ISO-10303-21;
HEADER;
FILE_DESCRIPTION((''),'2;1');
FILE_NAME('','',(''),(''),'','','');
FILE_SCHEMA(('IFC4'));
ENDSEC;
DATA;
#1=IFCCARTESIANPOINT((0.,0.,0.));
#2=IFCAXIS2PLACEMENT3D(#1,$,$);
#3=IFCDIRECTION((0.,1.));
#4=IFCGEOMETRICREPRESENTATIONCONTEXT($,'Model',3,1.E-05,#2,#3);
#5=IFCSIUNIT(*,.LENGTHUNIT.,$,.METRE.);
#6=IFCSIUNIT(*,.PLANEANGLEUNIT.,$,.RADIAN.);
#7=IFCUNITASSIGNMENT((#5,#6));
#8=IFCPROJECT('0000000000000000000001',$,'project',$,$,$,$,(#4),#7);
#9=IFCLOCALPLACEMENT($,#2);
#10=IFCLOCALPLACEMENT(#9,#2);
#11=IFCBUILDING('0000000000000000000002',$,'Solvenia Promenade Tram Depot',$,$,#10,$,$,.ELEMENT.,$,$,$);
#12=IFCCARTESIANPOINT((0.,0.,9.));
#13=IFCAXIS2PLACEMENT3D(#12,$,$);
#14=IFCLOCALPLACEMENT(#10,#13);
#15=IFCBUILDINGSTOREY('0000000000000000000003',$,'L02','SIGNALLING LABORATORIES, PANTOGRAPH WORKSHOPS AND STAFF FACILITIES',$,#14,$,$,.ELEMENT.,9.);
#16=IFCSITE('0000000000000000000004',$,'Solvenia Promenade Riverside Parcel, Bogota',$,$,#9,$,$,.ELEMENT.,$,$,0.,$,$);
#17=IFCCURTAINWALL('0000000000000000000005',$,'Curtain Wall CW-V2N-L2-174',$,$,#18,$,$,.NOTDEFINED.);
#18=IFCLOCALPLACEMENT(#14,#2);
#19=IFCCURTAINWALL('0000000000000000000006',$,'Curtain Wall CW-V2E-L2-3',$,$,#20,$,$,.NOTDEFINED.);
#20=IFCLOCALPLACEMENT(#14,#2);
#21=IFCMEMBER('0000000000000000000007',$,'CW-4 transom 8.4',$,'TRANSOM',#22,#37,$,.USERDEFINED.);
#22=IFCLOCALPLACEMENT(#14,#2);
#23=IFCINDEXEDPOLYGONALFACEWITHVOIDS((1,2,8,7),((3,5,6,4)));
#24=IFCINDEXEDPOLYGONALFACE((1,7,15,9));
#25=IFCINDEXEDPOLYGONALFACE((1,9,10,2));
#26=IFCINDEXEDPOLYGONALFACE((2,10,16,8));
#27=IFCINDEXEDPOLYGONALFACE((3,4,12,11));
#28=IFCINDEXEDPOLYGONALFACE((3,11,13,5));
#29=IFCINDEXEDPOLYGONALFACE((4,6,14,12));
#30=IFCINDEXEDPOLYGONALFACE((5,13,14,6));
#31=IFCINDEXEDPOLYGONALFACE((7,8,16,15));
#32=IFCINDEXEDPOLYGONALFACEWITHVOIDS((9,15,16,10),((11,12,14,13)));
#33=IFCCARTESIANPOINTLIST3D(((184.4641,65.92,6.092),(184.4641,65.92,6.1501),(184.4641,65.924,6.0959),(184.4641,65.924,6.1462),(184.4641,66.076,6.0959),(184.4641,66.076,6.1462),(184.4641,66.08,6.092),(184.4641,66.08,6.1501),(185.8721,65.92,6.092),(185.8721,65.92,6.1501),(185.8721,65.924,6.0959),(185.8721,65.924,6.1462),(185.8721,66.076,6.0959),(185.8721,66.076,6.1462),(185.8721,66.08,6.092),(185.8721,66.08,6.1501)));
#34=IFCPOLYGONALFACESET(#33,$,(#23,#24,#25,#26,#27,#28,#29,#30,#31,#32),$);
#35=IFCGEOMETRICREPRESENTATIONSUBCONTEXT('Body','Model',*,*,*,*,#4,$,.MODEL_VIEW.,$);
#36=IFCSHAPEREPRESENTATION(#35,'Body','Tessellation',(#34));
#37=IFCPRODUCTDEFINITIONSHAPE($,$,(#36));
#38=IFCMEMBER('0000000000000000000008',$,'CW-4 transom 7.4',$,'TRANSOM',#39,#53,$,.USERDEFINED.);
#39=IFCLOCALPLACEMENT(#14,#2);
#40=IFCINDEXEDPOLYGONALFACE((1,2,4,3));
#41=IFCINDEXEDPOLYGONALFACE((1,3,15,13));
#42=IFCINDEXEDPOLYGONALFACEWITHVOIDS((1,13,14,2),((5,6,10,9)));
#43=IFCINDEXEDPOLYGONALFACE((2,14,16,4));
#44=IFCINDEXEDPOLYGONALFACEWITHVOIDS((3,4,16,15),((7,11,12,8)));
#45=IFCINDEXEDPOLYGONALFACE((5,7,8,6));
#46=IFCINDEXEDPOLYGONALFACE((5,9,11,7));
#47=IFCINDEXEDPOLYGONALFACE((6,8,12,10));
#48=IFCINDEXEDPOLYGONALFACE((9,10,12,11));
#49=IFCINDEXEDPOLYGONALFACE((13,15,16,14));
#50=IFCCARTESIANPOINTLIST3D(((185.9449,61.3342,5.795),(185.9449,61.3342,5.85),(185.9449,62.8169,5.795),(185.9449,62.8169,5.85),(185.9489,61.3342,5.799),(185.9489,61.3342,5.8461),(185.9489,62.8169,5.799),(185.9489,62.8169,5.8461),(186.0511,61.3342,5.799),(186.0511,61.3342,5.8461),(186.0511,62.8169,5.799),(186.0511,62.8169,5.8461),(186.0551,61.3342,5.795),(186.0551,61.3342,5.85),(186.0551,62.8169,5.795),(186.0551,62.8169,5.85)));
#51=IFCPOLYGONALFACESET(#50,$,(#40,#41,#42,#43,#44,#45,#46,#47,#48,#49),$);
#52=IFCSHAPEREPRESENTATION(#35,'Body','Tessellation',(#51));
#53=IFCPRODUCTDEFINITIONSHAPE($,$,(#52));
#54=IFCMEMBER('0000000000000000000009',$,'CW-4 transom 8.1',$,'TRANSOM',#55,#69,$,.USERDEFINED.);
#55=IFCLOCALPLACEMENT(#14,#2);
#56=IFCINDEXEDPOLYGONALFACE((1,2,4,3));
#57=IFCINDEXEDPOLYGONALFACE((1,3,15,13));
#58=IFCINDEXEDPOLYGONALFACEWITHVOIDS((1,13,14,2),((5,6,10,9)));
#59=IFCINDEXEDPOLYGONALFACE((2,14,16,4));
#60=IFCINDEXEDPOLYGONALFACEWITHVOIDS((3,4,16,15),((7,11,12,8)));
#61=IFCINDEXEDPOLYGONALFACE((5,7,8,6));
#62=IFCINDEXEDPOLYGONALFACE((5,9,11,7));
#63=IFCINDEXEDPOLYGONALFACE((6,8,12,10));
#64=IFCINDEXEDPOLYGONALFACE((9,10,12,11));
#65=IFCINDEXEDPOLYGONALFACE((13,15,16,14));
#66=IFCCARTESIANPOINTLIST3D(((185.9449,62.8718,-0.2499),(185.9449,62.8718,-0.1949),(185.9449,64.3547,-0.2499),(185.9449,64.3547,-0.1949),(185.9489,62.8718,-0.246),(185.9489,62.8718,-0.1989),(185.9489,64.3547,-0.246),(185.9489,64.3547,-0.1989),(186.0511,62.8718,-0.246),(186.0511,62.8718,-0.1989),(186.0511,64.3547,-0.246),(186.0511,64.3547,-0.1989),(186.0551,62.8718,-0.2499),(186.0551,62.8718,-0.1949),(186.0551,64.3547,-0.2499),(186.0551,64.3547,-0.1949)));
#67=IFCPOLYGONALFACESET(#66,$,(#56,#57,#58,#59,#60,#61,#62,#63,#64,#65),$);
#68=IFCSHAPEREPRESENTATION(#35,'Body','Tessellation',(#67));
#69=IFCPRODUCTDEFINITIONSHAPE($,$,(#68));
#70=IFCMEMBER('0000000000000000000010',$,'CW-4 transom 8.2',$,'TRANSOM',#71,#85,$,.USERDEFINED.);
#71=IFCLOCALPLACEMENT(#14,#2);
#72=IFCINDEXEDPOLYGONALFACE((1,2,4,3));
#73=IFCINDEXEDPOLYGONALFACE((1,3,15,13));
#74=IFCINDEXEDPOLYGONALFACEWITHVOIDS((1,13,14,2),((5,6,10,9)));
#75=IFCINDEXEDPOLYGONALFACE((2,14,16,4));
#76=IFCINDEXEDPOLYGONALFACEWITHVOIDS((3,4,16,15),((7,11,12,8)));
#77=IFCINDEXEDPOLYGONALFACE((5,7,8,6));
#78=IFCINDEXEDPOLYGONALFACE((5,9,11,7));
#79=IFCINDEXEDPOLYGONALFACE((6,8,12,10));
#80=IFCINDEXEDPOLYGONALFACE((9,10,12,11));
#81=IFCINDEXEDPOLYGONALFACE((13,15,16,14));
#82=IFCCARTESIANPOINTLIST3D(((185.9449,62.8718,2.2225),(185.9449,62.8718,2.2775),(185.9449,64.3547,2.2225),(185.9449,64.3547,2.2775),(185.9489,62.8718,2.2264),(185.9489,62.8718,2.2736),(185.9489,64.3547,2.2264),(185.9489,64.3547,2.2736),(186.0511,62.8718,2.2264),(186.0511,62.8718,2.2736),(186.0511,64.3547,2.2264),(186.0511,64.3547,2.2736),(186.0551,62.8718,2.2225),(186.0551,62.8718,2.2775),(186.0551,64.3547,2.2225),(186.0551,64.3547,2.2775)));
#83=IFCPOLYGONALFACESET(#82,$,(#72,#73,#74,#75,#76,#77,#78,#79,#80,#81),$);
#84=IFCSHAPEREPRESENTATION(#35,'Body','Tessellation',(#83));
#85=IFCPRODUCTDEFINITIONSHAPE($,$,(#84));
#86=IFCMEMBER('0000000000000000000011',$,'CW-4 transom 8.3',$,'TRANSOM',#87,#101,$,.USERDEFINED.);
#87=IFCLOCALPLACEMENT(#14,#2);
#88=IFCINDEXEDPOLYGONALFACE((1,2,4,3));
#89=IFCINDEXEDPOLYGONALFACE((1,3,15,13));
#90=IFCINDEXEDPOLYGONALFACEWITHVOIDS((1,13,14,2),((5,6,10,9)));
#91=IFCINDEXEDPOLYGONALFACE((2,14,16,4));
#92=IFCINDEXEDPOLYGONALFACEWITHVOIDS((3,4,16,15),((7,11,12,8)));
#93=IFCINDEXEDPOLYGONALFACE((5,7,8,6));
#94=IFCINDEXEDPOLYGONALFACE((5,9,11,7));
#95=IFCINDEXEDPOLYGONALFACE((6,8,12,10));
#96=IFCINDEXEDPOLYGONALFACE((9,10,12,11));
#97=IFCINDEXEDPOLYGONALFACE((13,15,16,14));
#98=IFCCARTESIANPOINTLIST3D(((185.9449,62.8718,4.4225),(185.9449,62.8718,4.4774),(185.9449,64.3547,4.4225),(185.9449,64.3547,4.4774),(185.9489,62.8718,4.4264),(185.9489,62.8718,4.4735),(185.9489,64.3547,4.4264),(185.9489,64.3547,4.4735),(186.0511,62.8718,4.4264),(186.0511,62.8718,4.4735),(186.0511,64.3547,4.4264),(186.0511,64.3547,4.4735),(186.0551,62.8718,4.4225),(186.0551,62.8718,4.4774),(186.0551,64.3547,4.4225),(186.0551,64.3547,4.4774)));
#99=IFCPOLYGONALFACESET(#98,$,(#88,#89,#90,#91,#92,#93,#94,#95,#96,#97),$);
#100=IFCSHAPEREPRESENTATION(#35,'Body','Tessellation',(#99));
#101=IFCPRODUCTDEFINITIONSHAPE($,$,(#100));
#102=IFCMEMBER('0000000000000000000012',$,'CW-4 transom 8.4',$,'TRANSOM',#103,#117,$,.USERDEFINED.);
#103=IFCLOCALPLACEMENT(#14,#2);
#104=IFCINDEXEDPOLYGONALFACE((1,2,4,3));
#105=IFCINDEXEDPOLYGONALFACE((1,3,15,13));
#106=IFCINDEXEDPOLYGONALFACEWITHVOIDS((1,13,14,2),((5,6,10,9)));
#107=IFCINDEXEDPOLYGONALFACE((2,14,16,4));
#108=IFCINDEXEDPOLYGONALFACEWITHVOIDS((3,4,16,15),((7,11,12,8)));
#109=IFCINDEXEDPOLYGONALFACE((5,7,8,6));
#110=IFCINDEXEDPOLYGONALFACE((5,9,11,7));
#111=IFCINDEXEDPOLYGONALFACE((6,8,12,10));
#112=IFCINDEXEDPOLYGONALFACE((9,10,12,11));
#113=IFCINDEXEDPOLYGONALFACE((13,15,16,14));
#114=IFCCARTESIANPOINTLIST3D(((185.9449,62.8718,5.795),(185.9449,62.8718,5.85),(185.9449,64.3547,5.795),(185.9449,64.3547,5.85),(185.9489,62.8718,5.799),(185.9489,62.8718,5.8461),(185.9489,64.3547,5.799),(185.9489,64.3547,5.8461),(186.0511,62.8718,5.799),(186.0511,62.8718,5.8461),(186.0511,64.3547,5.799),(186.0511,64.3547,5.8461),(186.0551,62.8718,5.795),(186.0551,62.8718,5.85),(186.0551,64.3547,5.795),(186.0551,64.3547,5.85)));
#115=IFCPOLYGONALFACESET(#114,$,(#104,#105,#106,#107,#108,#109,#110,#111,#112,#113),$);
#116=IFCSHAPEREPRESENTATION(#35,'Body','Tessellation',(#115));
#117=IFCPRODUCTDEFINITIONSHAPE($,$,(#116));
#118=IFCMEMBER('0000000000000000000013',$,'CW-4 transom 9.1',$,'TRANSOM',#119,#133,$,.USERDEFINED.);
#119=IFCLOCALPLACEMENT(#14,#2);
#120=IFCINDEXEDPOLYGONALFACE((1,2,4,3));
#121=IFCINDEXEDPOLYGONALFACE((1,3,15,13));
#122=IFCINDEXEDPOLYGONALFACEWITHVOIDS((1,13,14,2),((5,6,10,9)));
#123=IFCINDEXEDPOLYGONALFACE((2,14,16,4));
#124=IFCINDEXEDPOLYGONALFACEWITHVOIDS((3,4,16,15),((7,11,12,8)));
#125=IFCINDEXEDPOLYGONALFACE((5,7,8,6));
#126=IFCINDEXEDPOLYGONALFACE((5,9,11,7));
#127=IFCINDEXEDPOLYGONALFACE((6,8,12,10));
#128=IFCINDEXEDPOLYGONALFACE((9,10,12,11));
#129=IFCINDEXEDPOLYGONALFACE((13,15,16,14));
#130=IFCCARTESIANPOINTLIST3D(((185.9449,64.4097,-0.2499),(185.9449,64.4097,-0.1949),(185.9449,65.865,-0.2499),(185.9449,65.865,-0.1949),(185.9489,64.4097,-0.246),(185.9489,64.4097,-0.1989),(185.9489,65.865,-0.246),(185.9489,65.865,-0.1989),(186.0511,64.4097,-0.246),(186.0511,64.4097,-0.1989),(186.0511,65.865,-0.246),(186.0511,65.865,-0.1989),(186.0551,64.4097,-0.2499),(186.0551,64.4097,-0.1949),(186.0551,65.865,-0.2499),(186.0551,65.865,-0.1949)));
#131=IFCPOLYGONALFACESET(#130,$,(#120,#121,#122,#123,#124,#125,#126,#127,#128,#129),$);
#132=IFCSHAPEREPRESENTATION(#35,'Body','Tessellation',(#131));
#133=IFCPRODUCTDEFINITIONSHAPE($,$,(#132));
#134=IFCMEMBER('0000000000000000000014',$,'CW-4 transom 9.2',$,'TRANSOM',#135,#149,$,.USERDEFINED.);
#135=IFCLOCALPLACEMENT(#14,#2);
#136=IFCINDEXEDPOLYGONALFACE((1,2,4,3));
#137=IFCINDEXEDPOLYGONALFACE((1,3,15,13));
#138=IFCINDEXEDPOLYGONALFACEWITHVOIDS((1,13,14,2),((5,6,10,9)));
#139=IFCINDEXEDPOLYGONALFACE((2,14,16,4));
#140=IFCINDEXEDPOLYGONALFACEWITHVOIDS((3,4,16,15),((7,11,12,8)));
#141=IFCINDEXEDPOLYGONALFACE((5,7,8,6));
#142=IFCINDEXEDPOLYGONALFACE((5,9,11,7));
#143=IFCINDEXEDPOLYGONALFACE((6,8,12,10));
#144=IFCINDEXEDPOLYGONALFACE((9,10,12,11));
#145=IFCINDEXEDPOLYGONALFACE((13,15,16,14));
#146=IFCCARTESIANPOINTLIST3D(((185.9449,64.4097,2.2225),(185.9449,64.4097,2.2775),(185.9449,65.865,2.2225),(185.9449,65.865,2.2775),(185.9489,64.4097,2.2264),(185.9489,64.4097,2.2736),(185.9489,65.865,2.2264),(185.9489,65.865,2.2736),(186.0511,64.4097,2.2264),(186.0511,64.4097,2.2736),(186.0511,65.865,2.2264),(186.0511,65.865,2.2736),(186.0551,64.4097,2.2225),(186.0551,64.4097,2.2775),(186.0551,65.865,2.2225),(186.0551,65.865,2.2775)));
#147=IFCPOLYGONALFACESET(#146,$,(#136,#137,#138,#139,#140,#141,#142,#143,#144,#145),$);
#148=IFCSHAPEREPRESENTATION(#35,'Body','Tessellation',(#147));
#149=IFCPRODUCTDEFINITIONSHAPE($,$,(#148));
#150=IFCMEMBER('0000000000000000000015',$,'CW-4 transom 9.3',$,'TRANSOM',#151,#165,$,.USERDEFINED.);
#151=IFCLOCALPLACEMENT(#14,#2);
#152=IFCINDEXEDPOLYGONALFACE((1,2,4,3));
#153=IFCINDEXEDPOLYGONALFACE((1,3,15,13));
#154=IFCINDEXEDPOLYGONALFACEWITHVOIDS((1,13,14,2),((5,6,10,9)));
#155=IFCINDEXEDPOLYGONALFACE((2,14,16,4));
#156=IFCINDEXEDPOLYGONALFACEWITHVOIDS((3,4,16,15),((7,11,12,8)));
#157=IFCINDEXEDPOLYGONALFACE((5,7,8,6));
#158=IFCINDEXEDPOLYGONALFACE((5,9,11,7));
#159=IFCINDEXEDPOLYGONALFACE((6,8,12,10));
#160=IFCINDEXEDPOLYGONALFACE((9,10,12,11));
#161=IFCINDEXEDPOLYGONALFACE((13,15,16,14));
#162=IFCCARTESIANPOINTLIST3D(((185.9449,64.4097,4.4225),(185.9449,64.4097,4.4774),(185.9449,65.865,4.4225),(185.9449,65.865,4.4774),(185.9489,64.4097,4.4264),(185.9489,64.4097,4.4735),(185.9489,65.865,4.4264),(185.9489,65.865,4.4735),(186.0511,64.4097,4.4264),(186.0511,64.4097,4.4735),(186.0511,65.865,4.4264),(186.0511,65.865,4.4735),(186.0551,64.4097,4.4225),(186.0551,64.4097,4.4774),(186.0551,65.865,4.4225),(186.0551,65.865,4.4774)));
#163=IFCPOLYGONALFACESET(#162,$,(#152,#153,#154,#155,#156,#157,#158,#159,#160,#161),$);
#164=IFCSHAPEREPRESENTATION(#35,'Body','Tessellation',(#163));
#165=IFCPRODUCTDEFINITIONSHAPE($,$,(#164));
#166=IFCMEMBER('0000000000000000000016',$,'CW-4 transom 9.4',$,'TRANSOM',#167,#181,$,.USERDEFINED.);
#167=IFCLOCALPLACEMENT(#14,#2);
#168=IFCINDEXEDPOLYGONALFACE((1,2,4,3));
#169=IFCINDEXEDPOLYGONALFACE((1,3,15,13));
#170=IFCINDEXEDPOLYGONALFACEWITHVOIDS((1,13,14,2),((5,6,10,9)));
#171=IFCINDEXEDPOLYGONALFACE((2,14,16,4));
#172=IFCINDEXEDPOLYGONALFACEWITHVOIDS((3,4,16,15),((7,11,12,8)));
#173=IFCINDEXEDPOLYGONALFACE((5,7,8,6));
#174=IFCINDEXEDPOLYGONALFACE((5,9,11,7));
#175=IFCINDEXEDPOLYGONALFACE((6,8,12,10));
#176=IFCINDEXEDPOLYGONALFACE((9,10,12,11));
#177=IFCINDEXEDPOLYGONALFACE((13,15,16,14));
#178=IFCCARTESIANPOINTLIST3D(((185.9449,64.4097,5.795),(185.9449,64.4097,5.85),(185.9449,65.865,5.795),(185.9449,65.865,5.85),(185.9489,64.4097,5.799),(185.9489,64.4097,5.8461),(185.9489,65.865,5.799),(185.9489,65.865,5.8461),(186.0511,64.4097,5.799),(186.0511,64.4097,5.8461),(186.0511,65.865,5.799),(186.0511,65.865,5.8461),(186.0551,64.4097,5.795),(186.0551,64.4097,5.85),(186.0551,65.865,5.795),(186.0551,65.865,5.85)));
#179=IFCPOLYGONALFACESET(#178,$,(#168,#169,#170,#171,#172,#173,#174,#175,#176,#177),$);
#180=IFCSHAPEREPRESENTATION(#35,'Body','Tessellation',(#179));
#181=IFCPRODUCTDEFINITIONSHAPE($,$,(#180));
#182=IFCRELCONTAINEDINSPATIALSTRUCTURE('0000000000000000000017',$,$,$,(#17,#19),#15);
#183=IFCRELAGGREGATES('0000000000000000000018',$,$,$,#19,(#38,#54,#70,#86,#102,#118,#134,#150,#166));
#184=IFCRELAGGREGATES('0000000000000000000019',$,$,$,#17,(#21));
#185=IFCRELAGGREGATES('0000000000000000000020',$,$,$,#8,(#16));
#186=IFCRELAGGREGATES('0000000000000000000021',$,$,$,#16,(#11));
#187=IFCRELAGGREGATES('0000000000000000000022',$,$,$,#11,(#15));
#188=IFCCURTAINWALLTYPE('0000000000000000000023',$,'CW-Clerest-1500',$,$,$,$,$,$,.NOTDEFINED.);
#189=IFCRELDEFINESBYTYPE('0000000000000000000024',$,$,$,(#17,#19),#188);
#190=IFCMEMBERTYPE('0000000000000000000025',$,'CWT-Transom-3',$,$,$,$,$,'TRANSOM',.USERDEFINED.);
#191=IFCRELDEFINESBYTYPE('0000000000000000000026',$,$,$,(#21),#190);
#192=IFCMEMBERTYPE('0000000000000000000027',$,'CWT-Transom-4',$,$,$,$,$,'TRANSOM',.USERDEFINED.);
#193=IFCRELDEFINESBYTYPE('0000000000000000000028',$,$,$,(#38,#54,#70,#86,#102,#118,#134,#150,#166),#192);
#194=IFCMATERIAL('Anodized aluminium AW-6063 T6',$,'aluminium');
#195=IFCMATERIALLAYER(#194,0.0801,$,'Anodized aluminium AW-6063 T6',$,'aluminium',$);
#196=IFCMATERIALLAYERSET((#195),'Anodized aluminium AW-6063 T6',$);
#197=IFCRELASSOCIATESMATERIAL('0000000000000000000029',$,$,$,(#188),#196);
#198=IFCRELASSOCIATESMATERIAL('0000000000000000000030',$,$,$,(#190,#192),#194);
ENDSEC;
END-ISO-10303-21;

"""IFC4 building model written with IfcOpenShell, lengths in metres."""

from ifc_helpers import new_model, si_unit, direction, frame, origin, origin_2d, place, context, subcontext, project, spatial, hollow_rectangle, extrude, material, layer, layer_set, material_profile, profile_set, type_object, element, aggregate, save


model = new_model("IFC4")

# Units and contexts
model_context = context("Model", 3, precision=1e-05, world=origin(), true_north=direction((0.0, 1.0)))
body_context = subcontext(model_context, "Body", "Model", "MODEL_VIEW")
ifc_project = project(units=[si_unit("LENGTHUNIT", "METRE"), si_unit("PLANEANGLEUNIT", "RADIAN")], contexts=[model_context])

# Site, building, storey
site_placement = place(None, origin())
site = spatial("IfcSite", under=ifc_project, at=site_placement, Name="Solvenia Promenade Riverside Parcel, Bogota", CompositionType="ELEMENT", RefElevation=0.0)
building_placement = place(site_placement, origin())
building = spatial("IfcBuilding", under=site, at=building_placement, Name="Solvenia Promenade Tram Depot", CompositionType="ELEMENT")
storey_placement = place(building_placement, frame((0.0, 0.0, 9.0)))
storey = spatial("IfcBuildingStorey", under=building, at=storey_placement, Name="L02", Description="SIGNALLING LABORATORIES, PANTOGRAPH WORKSHOPS AND STAFF FACILITIES", CompositionType="ELEMENT", Elevation=9.0)

# Curtain walls
ifc_material_1 = material(Name="Anodized aluminium AW-6063 T6", Category="aluminium")
ifc_layer_1 = layer(ifc_material_1, 0.0801, Name="Anodized aluminium AW-6063 T6", Category="aluminium")
ifc_layer_set_1 = layer_set([ifc_layer_1], Name="Anodized aluminium AW-6063 T6")
curtain_wall_type = type_object("IfcCurtainWallType", Name="CW-Clerest-1500", PredefinedType="NOTDEFINED", material=ifc_layer_set_1)
curtain_wall_1_placement = place(storey_placement, origin())
curtain_wall_1 = element("IfcCurtainWall", 1, at=curtain_wall_1_placement, inside=storey, type_object=curtain_wall_type, Name="Curtain Wall CW-V2N-L2-174", PredefinedType="NOTDEFINED")
curtain_wall_2_placement = place(storey_placement, origin())
curtain_wall_2 = element("IfcCurtainWall", 2, at=curtain_wall_2_placement, inside=storey, type_object=curtain_wall_type, Name="Curtain Wall CW-V2E-L2-3", PredefinedType="NOTDEFINED")

# Members
ifc_material_profile_1 = material_profile(ifc_material_1, hollow_rectangle(XDim=0.1599, YDim=0.0581, WallThickness=0.0039, at=origin_2d()), Name="ALU-T3", Category="aluminium")
ifc_profile_set_1 = profile_set([ifc_material_profile_1], Name="Anodized aluminium AW-6063 T6")
member_type_1 = type_object("IfcMemberType", Name="CWT-Transom-3", ElementType="TRANSOM", PredefinedType="USERDEFINED", material=ifc_profile_set_1)
member_1_placement = place(storey_placement, frame((184.4641, 66.0, 6.1211), z_axis=(1.0, 0.0, 0.0), x_axis=(0.0, 1.0, 0.0)))
member_1 = element("IfcMember", 3, at=member_1_placement, type_object=member_type_1, Name="CW-4 transom 8.4", ObjectType="TRANSOM", PredefinedType="USERDEFINED", context=body_context, shape_type="SweptSolid", body=[
    extrude(hollow_rectangle(XDim=0.1599, YDim=0.0581, WallThickness=0.0039, at=origin_2d()), origin(), (0.0, 0.0, 1.0), 1.408),
])
ifc_material_profile_2 = material_profile(ifc_material_1, hollow_rectangle(XDim=0.1101, YDim=0.0549, WallThickness=0.0039, at=origin_2d()), Name="ALU-T4", Category="aluminium")
ifc_profile_set_2 = profile_set([ifc_material_profile_2], Name="Anodized aluminium AW-6063 T6")
member_type_2 = type_object("IfcMemberType", Name="CWT-Transom-4", ElementType="TRANSOM", PredefinedType="USERDEFINED", material=ifc_profile_set_2)
member_2_placement = place(storey_placement, frame((186.0, 61.3342, 5.8225), z_axis=(0.0, 1.0, 0.0), x_axis=(-1.0, 0.0, 0.0)))
member_2 = element("IfcMember", 4, at=member_2_placement, type_object=member_type_2, Name="CW-4 transom 7.4", ObjectType="TRANSOM", PredefinedType="USERDEFINED", context=body_context, shape_type="SweptSolid", body=[
    extrude(hollow_rectangle(XDim=0.1101, YDim=0.0549, WallThickness=0.0039, at=origin_2d()), origin(), (0.0, 0.0, 1.0), 1.4827),
])
member_3_placement = place(storey_placement, frame((186.0, 62.8718, -0.2224), z_axis=(0.0, 1.0, 0.0), x_axis=(-1.0, 0.0, 0.0)))
member_3 = element("IfcMember", 5, at=member_3_placement, type_object=member_type_2, Name="CW-4 transom 8.1", ObjectType="TRANSOM", PredefinedType="USERDEFINED", context=body_context, shape_type="SweptSolid", body=[
    extrude(hollow_rectangle(XDim=0.1101, YDim=0.0549, WallThickness=0.0039, at=origin_2d()), origin(), (0.0, 0.0, 1.0), 1.4829),
])
member_4_placement = place(storey_placement, frame((186.0, 62.8718, 2.25), z_axis=(0.0, 1.0, 0.0), x_axis=(-1.0, 0.0, 0.0)))
member_4 = element("IfcMember", 6, at=member_4_placement, type_object=member_type_2, Name="CW-4 transom 8.2", ObjectType="TRANSOM", PredefinedType="USERDEFINED", context=body_context, shape_type="SweptSolid", body=[
    extrude(hollow_rectangle(XDim=0.1101, YDim=0.0549, WallThickness=0.0039, at=origin_2d()), origin(), (0.0, 0.0, 1.0), 1.4829),
])
member_5_placement = place(storey_placement, frame((186.0, 62.8718, 4.45), z_axis=(0.0, 1.0, 0.0), x_axis=(-1.0, 0.0, 0.0)))
member_5 = element("IfcMember", 7, at=member_5_placement, type_object=member_type_2, Name="CW-4 transom 8.3", ObjectType="TRANSOM", PredefinedType="USERDEFINED", context=body_context, shape_type="SweptSolid", body=[
    extrude(hollow_rectangle(XDim=0.1101, YDim=0.0549, WallThickness=0.0039, at=origin_2d()), origin(), (0.0, 0.0, 1.0), 1.4829),
])
member_6_placement = place(storey_placement, frame((186.0, 62.8718, 5.8225), z_axis=(0.0, 1.0, 0.0), x_axis=(-1.0, 0.0, 0.0)))
member_6 = element("IfcMember", 8, at=member_6_placement, type_object=member_type_2, Name="CW-4 transom 8.4", ObjectType="TRANSOM", PredefinedType="USERDEFINED", context=body_context, shape_type="SweptSolid", body=[
    extrude(hollow_rectangle(XDim=0.1101, YDim=0.0549, WallThickness=0.0039, at=origin_2d()), origin(), (0.0, 0.0, 1.0), 1.4829),
])
member_7_placement = place(storey_placement, frame((186.0, 64.4097, -0.2224), z_axis=(0.0, 1.0, 0.0), x_axis=(-1.0, 0.0, 0.0)))
member_7 = element("IfcMember", 9, at=member_7_placement, type_object=member_type_2, Name="CW-4 transom 9.1", ObjectType="TRANSOM", PredefinedType="USERDEFINED", context=body_context, shape_type="SweptSolid", body=[
    extrude(hollow_rectangle(XDim=0.1101, YDim=0.0549, WallThickness=0.0039, at=origin_2d()), origin(), (0.0, 0.0, 1.0), 1.4553),
])
member_8_placement = place(storey_placement, frame((186.0, 64.4097, 2.25), z_axis=(0.0, 1.0, 0.0), x_axis=(-1.0, 0.0, 0.0)))
member_8 = element("IfcMember", 10, at=member_8_placement, type_object=member_type_2, Name="CW-4 transom 9.2", ObjectType="TRANSOM", PredefinedType="USERDEFINED", context=body_context, shape_type="SweptSolid", body=[
    extrude(hollow_rectangle(XDim=0.1101, YDim=0.0549, WallThickness=0.0039, at=origin_2d()), origin(), (0.0, 0.0, 1.0), 1.4553),
])
member_9_placement = place(storey_placement, frame((186.0, 64.4097, 4.45), z_axis=(0.0, 1.0, 0.0), x_axis=(-1.0, 0.0, 0.0)))
member_9 = element("IfcMember", 11, at=member_9_placement, type_object=member_type_2, Name="CW-4 transom 9.3", ObjectType="TRANSOM", PredefinedType="USERDEFINED", context=body_context, shape_type="SweptSolid", body=[
    extrude(hollow_rectangle(XDim=0.1101, YDim=0.0549, WallThickness=0.0039, at=origin_2d()), origin(), (0.0, 0.0, 1.0), 1.4553),
])
member_10_placement = place(storey_placement, frame((186.0, 64.4097, 5.8225), z_axis=(0.0, 1.0, 0.0), x_axis=(-1.0, 0.0, 0.0)))
member_10 = element("IfcMember", 12, at=member_10_placement, type_object=member_type_2, Name="CW-4 transom 9.4", ObjectType="TRANSOM", PredefinedType="USERDEFINED", context=body_context, shape_type="SweptSolid", body=[
    extrude(hollow_rectangle(XDim=0.1101, YDim=0.0549, WallThickness=0.0039, at=origin_2d()), origin(), (0.0, 0.0, 1.0), 1.4553),
])

aggregate(curtain_wall_2, [member_2, member_3, member_4, member_5, member_6, member_7, member_8, member_9, member_10])
aggregate(curtain_wall_1, [member_1])

save(model, "model.ifc")
